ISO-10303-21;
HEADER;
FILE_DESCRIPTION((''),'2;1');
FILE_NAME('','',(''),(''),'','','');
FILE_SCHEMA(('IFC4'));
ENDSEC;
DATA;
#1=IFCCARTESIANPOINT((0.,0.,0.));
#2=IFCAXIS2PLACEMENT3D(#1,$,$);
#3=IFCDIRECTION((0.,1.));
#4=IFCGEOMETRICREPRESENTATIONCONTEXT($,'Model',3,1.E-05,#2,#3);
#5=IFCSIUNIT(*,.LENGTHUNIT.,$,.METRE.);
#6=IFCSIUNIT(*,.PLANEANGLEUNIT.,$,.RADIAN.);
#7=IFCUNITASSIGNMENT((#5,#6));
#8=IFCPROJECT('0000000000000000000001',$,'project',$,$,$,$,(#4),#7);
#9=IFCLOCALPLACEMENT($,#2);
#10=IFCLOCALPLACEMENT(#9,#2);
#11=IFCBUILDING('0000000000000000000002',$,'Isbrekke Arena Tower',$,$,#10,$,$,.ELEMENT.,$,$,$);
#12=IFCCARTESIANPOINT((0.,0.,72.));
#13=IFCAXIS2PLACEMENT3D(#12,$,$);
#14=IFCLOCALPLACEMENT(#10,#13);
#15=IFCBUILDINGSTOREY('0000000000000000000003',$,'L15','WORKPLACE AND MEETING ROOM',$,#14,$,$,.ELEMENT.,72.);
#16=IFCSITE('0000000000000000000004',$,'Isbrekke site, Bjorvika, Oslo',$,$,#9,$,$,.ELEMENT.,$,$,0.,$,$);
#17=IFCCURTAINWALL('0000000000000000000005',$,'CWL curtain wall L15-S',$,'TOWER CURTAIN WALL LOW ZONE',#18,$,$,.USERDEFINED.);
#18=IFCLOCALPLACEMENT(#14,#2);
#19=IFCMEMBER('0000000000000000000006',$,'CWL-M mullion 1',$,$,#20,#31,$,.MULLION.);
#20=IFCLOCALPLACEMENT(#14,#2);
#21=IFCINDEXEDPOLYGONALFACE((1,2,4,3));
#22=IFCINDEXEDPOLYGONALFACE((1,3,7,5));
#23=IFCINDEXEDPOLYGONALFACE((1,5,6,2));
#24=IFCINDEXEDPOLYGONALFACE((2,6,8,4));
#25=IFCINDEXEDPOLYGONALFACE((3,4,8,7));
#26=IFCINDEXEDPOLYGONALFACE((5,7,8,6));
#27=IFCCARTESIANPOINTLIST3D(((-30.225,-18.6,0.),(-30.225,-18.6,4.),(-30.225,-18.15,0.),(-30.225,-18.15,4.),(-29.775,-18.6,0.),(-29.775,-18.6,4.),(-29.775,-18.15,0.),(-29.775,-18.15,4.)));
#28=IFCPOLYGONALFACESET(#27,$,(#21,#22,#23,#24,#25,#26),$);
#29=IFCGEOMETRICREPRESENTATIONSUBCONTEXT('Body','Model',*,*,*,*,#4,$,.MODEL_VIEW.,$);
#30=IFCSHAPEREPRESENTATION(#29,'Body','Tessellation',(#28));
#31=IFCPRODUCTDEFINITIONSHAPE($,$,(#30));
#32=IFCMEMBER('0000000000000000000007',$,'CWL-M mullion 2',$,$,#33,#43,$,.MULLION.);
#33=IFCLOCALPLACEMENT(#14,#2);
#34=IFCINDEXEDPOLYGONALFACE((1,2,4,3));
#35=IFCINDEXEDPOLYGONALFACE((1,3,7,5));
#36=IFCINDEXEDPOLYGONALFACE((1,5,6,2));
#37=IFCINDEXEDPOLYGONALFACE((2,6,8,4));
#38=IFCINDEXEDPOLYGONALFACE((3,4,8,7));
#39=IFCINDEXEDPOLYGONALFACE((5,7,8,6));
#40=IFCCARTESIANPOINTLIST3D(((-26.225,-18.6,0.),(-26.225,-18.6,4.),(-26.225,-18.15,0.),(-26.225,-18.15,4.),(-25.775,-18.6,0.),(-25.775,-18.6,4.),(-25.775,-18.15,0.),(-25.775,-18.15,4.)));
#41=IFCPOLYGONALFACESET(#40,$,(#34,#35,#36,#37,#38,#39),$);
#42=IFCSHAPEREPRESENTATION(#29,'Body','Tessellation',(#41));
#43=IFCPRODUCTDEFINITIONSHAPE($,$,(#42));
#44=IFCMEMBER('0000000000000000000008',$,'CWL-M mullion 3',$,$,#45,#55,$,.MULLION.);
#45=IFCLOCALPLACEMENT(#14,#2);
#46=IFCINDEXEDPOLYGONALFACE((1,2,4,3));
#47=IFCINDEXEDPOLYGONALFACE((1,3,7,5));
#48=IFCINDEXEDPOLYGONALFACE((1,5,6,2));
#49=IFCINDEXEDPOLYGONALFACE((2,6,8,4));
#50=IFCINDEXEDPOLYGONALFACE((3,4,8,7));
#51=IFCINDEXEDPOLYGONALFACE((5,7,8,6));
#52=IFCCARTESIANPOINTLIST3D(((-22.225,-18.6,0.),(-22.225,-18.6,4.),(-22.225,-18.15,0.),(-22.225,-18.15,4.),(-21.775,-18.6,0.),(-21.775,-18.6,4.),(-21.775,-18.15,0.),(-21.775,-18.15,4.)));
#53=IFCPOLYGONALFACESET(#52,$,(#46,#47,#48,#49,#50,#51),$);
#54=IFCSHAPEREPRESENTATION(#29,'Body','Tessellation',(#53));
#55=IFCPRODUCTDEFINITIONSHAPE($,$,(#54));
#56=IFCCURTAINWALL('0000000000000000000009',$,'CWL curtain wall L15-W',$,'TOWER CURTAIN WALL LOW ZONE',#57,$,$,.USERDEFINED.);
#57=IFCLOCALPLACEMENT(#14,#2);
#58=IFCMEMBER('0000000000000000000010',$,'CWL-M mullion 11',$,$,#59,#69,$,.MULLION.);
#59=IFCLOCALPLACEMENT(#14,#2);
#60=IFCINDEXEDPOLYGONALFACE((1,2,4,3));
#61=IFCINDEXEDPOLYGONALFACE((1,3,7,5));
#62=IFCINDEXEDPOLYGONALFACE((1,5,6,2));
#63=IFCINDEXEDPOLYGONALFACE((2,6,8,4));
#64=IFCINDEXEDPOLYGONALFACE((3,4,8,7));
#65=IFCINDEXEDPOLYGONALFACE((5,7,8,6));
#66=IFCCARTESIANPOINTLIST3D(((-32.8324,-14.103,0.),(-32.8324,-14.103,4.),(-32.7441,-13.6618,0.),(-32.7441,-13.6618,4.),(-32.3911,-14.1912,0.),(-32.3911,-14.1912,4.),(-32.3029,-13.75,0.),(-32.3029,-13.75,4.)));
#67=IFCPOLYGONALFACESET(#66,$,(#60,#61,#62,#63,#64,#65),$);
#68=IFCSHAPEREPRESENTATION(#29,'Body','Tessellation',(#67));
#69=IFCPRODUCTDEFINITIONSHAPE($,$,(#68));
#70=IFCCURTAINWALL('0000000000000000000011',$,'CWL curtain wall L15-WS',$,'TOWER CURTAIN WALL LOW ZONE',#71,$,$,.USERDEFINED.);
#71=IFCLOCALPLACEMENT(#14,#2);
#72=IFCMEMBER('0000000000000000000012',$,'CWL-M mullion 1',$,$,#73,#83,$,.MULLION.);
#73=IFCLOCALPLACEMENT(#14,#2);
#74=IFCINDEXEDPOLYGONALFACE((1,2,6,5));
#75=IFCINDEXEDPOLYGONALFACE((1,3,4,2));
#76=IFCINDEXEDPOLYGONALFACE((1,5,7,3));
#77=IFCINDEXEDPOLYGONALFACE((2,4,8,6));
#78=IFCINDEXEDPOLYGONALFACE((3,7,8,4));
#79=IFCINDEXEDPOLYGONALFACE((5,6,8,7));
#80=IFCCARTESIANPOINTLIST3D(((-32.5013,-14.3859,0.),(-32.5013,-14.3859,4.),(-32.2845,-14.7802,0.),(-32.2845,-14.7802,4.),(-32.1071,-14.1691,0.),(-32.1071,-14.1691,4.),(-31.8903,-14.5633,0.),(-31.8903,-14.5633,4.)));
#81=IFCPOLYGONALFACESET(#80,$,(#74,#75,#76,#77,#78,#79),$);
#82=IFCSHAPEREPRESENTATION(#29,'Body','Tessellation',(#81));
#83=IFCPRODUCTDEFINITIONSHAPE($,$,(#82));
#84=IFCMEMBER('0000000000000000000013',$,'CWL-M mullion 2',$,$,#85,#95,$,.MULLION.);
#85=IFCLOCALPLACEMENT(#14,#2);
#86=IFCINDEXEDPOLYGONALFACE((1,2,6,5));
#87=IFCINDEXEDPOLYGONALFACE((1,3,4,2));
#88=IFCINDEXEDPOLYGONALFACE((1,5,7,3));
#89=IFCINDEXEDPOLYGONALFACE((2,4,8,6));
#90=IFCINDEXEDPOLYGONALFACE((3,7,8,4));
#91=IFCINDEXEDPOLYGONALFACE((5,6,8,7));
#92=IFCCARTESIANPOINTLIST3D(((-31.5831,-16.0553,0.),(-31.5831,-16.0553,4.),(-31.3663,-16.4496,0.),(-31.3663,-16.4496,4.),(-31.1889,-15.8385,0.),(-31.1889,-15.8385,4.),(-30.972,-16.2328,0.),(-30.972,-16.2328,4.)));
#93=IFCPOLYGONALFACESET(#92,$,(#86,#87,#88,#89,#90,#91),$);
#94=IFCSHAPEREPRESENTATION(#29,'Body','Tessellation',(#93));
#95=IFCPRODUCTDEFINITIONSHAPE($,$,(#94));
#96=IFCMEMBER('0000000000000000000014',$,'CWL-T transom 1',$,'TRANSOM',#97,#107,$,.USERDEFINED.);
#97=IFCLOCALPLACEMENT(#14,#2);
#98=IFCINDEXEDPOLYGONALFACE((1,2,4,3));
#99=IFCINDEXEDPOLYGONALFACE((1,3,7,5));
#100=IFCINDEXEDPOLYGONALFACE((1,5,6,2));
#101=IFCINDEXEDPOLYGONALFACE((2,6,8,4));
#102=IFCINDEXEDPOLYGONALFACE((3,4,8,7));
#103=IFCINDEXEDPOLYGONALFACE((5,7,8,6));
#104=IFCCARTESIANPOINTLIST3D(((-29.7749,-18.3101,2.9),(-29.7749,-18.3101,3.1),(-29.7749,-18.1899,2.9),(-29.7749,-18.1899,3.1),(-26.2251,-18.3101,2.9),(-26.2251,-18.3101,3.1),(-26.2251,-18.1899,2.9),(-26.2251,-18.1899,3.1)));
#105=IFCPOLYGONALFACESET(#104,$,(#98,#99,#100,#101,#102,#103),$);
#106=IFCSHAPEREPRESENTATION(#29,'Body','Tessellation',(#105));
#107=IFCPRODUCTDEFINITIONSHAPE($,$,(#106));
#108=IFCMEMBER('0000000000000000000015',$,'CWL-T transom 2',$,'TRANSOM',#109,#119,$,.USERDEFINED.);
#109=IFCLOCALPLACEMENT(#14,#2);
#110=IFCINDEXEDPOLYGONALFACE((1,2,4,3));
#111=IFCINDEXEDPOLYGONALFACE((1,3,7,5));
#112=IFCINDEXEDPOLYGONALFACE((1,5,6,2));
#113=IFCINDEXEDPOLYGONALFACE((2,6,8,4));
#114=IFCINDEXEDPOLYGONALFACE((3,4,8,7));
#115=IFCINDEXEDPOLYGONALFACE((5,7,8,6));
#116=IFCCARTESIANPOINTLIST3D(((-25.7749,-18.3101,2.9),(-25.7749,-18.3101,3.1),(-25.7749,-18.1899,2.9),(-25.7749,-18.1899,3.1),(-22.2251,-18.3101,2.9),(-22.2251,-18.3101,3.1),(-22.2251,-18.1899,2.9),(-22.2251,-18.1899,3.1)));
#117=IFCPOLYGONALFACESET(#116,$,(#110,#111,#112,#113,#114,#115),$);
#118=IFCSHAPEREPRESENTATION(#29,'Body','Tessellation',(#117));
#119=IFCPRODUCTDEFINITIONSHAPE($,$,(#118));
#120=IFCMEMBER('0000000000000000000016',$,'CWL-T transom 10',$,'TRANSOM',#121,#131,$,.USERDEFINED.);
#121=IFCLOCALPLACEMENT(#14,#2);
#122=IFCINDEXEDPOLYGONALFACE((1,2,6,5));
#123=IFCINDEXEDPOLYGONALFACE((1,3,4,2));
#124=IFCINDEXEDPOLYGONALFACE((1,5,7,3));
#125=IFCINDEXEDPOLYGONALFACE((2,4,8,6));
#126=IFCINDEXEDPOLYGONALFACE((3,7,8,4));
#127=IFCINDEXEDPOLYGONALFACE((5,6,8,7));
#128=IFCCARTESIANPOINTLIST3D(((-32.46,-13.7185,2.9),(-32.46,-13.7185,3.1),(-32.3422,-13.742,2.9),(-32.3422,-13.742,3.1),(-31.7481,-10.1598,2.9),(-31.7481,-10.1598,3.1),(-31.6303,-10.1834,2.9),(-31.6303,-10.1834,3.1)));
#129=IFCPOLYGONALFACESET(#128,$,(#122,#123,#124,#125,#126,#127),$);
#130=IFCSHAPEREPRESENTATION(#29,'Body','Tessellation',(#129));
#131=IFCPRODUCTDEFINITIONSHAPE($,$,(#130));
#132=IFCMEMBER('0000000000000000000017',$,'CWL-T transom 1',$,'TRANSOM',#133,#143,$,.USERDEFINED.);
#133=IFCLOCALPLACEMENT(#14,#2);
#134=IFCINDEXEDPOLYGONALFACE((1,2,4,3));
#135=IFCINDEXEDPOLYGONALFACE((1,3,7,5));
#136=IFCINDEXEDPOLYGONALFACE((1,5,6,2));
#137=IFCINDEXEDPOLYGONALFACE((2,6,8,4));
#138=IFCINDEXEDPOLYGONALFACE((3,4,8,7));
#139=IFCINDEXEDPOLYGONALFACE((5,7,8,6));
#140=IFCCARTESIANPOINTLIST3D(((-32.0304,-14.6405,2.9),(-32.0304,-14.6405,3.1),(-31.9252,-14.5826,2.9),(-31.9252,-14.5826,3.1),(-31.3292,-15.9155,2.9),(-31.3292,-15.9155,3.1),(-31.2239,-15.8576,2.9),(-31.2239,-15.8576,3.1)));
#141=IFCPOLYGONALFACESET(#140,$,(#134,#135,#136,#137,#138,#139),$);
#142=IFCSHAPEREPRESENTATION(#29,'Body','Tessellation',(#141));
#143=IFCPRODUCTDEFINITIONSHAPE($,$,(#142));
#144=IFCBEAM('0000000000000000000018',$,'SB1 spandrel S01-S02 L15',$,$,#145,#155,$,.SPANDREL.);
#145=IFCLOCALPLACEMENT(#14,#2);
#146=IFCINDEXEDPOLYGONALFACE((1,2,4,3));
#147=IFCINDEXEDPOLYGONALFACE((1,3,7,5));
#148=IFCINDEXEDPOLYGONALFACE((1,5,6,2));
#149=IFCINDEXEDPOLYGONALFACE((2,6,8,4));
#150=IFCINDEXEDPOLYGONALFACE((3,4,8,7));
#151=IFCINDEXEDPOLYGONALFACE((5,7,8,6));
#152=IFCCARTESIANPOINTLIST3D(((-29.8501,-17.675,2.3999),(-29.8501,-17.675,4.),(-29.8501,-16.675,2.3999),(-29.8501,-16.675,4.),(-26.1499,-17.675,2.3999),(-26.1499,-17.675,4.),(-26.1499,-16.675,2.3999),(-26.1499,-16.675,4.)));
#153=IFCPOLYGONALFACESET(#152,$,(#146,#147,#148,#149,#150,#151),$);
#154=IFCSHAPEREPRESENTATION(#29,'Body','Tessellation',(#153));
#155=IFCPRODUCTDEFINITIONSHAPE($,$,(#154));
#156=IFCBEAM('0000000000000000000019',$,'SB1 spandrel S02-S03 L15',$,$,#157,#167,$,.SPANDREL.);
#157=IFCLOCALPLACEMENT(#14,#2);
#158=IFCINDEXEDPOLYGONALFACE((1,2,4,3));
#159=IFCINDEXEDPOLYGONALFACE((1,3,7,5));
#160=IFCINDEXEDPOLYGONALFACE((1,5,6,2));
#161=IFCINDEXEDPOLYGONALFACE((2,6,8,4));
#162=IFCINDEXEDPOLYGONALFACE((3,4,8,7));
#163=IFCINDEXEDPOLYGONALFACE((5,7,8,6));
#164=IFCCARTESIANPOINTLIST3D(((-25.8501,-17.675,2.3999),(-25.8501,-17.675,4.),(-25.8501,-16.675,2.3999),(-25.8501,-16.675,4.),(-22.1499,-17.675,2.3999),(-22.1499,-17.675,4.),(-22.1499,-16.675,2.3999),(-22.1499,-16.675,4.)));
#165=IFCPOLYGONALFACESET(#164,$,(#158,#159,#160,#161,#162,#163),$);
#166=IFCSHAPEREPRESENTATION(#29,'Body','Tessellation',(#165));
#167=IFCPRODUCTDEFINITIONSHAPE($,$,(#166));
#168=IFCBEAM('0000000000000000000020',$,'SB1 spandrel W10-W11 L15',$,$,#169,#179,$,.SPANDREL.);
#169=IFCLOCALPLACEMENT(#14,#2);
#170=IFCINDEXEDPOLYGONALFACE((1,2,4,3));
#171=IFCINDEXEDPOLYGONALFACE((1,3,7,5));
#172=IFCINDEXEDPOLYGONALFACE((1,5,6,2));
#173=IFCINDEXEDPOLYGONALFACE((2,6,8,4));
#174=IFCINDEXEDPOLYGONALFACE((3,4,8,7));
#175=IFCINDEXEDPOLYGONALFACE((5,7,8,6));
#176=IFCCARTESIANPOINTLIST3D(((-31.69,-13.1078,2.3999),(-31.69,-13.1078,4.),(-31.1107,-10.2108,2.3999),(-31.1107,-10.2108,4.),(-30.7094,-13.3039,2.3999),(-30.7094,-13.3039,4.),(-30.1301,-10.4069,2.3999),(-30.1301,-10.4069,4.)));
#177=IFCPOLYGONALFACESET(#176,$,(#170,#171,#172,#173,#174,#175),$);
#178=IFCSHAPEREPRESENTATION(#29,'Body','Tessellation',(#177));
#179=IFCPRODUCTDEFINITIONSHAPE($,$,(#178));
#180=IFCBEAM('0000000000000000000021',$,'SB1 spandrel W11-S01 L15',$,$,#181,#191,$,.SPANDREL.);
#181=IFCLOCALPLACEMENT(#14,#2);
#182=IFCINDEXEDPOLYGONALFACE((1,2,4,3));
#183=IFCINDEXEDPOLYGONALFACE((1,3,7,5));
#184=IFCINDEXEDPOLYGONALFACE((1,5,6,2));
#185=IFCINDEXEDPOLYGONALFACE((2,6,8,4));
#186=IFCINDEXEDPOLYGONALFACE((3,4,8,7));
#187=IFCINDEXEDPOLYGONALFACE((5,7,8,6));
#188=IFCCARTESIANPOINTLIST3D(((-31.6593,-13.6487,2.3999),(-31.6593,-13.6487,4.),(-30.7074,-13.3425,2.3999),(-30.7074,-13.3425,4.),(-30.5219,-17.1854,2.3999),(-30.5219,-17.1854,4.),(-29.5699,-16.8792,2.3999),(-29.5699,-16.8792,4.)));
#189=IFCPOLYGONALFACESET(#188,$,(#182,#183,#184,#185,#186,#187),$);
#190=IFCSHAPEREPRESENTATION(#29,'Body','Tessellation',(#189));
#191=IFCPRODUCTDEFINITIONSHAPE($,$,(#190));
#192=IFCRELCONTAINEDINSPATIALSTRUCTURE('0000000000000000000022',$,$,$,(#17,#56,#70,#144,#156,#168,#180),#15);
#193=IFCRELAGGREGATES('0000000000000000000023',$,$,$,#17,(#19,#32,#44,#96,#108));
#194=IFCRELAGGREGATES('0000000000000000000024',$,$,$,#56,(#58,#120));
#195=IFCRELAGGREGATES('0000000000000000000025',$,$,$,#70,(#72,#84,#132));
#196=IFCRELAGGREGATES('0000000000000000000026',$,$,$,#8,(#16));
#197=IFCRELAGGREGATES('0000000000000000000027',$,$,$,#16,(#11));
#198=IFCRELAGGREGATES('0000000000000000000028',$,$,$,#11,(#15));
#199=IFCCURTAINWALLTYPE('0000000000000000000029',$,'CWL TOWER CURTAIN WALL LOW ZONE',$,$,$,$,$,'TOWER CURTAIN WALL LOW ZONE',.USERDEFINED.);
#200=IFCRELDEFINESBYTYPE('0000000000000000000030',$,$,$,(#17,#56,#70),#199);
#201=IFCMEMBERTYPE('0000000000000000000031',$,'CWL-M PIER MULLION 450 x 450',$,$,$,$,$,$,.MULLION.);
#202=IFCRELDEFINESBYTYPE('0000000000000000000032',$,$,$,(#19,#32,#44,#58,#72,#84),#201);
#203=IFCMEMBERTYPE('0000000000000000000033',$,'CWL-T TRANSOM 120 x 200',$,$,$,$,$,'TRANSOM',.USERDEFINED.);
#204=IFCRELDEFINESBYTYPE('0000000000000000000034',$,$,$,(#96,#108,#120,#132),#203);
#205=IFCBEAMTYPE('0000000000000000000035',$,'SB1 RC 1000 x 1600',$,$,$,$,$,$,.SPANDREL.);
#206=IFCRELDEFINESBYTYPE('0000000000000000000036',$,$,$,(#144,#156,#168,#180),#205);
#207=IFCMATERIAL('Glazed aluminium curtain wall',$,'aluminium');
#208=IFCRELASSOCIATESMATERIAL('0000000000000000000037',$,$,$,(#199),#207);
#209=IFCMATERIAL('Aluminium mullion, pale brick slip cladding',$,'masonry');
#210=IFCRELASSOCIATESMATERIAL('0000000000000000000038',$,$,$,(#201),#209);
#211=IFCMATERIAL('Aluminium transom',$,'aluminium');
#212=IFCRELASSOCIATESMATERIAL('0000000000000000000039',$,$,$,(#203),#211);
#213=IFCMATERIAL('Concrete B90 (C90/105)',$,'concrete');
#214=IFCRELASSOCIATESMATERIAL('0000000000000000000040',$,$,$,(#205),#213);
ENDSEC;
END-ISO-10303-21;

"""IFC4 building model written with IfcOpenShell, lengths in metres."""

from ifc_helpers import new_model, si_unit, direction, frame, origin, origin_2d, place, context, subcontext, project, spatial, rectangle, extrude, material, material_profile, profile_set, type_object, element, aggregate, save


model = new_model("IFC4")

# Units and contexts
model_context = context("Model", 3, precision=1e-05, world=origin(), true_north=direction((0.0, 1.0)))
body_context = subcontext(model_context, "Body", "Model", "MODEL_VIEW")
ifc_project = project(units=[si_unit("LENGTHUNIT", "METRE"), si_unit("PLANEANGLEUNIT", "RADIAN")], contexts=[model_context])

# Site, building, storey
site_placement = place(None, origin())
site = spatial("IfcSite", under=ifc_project, at=site_placement, Name="Isbrekke site, Bjorvika, Oslo", CompositionType="ELEMENT", RefElevation=0.0)
building_placement = place(site_placement, origin())
building = spatial("IfcBuilding", under=site, at=building_placement, Name="Isbrekke Arena Tower", CompositionType="ELEMENT")
storey_placement = place(building_placement, frame((0.0, 0.0, 72.0)))
storey = spatial("IfcBuildingStorey", under=building, at=storey_placement, Name="L15", Description="WORKPLACE AND MEETING ROOM", CompositionType="ELEMENT", Elevation=72.0)

# Curtain wall, members
ifc_material_1 = material(Name="Glazed aluminium curtain wall", Category="aluminium")
curtain_wall_type = type_object("IfcCurtainWallType", Name="CWL TOWER CURTAIN WALL LOW ZONE", ElementType="TOWER CURTAIN WALL LOW ZONE", PredefinedType="USERDEFINED", material=ifc_material_1)
curtain_wall_1_placement = place(storey_placement, origin())
curtain_wall_1 = element("IfcCurtainWall", 1, at=curtain_wall_1_placement, inside=storey, type_object=curtain_wall_type, Name="CWL curtain wall L15-S", ObjectType="TOWER CURTAIN WALL LOW ZONE", PredefinedType="USERDEFINED")
ifc_material_2 = material(Name="Aluminium mullion, pale brick slip cladding", Category="masonry")
ifc_material_profile_1 = material_profile(ifc_material_2, rectangle(XDim=0.45, YDim=0.45, at=origin_2d()), Name="PIER 450X450")
ifc_profile_set_1 = profile_set([ifc_material_profile_1], Name="Aluminium mullion, pale brick slip cladding")
member_type_1 = type_object("IfcMemberType", Name="CWL-M PIER MULLION 450 x 450", PredefinedType="MULLION", material=ifc_profile_set_1)
member_1_placement = place(storey_placement, frame((-30.0, -18.375, 0.0), z_axis=(0.0, 0.0, 1.0), x_axis=(1.0, 0.0, 0.0)))
member_1 = element("IfcMember", 2, at=member_1_placement, type_object=member_type_1, Name="CWL-M mullion 1", PredefinedType="MULLION", context=body_context, shape_type="SweptSolid", body=[
    extrude(rectangle(XDim=0.45, YDim=0.45, at=origin_2d()), origin(), (0.0, 0.0, 1.0), 4.0),
])
member_2_placement = place(storey_placement, frame((-26.0, -18.375, 0.0), z_axis=(0.0, 0.0, 1.0), x_axis=(1.0, 0.0, 0.0)))
member_2 = element("IfcMember", 3, at=member_2_placement, type_object=member_type_1, Name="CWL-M mullion 2", PredefinedType="MULLION", context=body_context, shape_type="SweptSolid", body=[
    extrude(rectangle(XDim=0.45, YDim=0.45, at=origin_2d()), origin(), (0.0, 0.0, 1.0), 4.0),
])
member_3_placement = place(storey_placement, frame((-22.0, -18.375, 0.0), z_axis=(0.0, 0.0, 1.0), x_axis=(1.0, 0.0, 0.0)))
member_3 = element("IfcMember", 4, at=member_3_placement, type_object=member_type_1, Name="CWL-M mullion 3", PredefinedType="MULLION", context=body_context, shape_type="SweptSolid", body=[
    extrude(rectangle(XDim=0.45, YDim=0.45, at=origin_2d()), origin(), (0.0, 0.0, 1.0), 4.0),
])

# Curtain wall, member
curtain_wall_2_placement = place(storey_placement, origin())
curtain_wall_2 = element("IfcCurtainWall", 5, at=curtain_wall_2_placement, inside=storey, type_object=curtain_wall_type, Name="CWL curtain wall L15-W", ObjectType="TOWER CURTAIN WALL LOW ZONE", PredefinedType="USERDEFINED")
member_4_placement = place(storey_placement, frame((-32.5676, -13.9265, 0.0), z_axis=(0.0, 0.0, 1.0), x_axis=(-0.196116, -0.980581, 0.0)))
member_4 = element("IfcMember", 6, at=member_4_placement, type_object=member_type_1, Name="CWL-M mullion 11", PredefinedType="MULLION", context=body_context, shape_type="SweptSolid", body=[
    extrude(rectangle(XDim=0.45, YDim=0.45, at=origin_2d()), origin(), (0.0, 0.0, 1.0), 4.0),
])

# Curtain wall, members
curtain_wall_3_placement = place(storey_placement, origin())
curtain_wall_3 = element("IfcCurtainWall", 7, at=curtain_wall_3_placement, inside=storey, type_object=curtain_wall_type, Name="CWL curtain wall L15-WS", ObjectType="TOWER CURTAIN WALL LOW ZONE", PredefinedType="USERDEFINED")
member_5_placement = place(storey_placement, frame((-32.1958, -14.4746, 0.0), z_axis=(0.0, 0.0, 1.0), x_axis=(0.481919, -0.876216, 0.0)))
member_5 = element("IfcMember", 8, at=member_5_placement, type_object=member_type_1, Name="CWL-M mullion 1", PredefinedType="MULLION", context=body_context, shape_type="SweptSolid", body=[
    extrude(rectangle(XDim=0.45, YDim=0.45, at=origin_2d()), origin(), (0.0, 0.0, 1.0), 4.0),
])
member_6_placement = place(storey_placement, frame((-31.2776, -16.144, 0.0), z_axis=(0.0, 0.0, 1.0), x_axis=(0.481919, -0.876216, 0.0)))
member_6 = element("IfcMember", 9, at=member_6_placement, type_object=member_type_1, Name="CWL-M mullion 2", PredefinedType="MULLION", context=body_context, shape_type="SweptSolid", body=[
    extrude(rectangle(XDim=0.45, YDim=0.45, at=origin_2d()), origin(), (0.0, 0.0, 1.0), 4.0),
])

# Members
ifc_material_3 = material(Name="Aluminium transom", Category="aluminium")
ifc_material_profile_2 = material_profile(ifc_material_3, rectangle(XDim=0.1201, YDim=0.2, at=origin_2d()), Name="TRANSOM 120X200")
ifc_profile_set_2 = profile_set([ifc_material_profile_2], Name="Aluminium transom")
member_type_2 = type_object("IfcMemberType", Name="CWL-T TRANSOM 120 x 200", ElementType="TRANSOM", PredefinedType="USERDEFINED", material=ifc_profile_set_2)
member_7_placement = place(storey_placement, frame((-29.7749, -18.25, 3.0), z_axis=(1.0, 0.0, 0.0), x_axis=(0.0, 1.0, 0.0)))
member_7 = element("IfcMember", 10, at=member_7_placement, type_object=member_type_2, Name="CWL-T transom 1", ObjectType="TRANSOM", PredefinedType="USERDEFINED", context=body_context, shape_type="SweptSolid", body=[
    extrude(rectangle(XDim=0.1201, YDim=0.2, at=origin_2d()), origin(), (0.0, 0.0, 1.0), 3.5498),
])
member_8_placement = place(storey_placement, frame((-25.7749, -18.25, 3.0), z_axis=(1.0, 0.0, 0.0), x_axis=(0.0, 1.0, 0.0)))
member_8 = element("IfcMember", 11, at=member_8_placement, type_object=member_type_2, Name="CWL-T transom 2", ObjectType="TRANSOM", PredefinedType="USERDEFINED", context=body_context, shape_type="SweptSolid", body=[
    extrude(rectangle(XDim=0.1201, YDim=0.2, at=origin_2d()), origin(), (0.0, 0.0, 1.0), 3.5498),
])
member_9_placement = place(storey_placement, frame((-31.6892, -10.1716, 3.0), z_axis=(-0.196168, -0.98057, 0.0), x_axis=(0.98057, -0.196168, 0.0)))
member_9 = element("IfcMember", 12, at=member_9_placement, type_object=member_type_2, Name="CWL-T transom 10", ObjectType="TRANSOM", PredefinedType="USERDEFINED", context=body_context, shape_type="SweptSolid", body=[
    extrude(rectangle(XDim=0.1201, YDim=0.2, at=origin_2d()), origin(), (0.0, 0.0, 1.0), 3.6292),
])
member_10_placement = place(storey_placement, frame((-31.9778, -14.6116, 3.0), z_axis=(0.481906, -0.876223, 0.0), x_axis=(0.876223, 0.481906, 0.0)))
member_10 = element("IfcMember", 13, at=member_10_placement, type_object=member_type_2, Name="CWL-T transom 1", ObjectType="TRANSOM", PredefinedType="USERDEFINED", context=body_context, shape_type="SweptSolid", body=[
    extrude(rectangle(XDim=0.1201, YDim=0.2, at=origin_2d()), origin(), (0.0, 0.0, 1.0), 1.4551),
])

# Beams
ifc_material_4 = material(Name="Concrete B90 (C90/105)", Category="concrete")
ifc_material_profile_3 = material_profile(ifc_material_4, rectangle(XDim=1.0, YDim=1.6001, at=origin_2d()), Name="RC 1000x1600")
ifc_profile_set_3 = profile_set([ifc_material_profile_3], Name="Concrete B90 (C90/105)")
beam_type_1 = type_object("IfcBeamType", Name="SB1 RC 1000 x 1600", PredefinedType="SPANDREL", material=ifc_profile_set_3)
for number, where, z_axis, x_axis, name in (
    (14, (-29.8501, -17.175, 3.2), (1.0, 0.0, 0.0), (0.0, 1.0, 0.0), "SB1 spandrel S01-S02 L15"),
    (15, (-25.8501, -17.175, 3.2), (1.0, 0.0, 0.0), (0.0, 1.0, 0.0), "SB1 spandrel S02-S03 L15"),
):
    element("IfcBeam", number, at=place(storey_placement, frame(where, z_axis=z_axis, x_axis=x_axis)), inside=storey, type_object=beam_type_1, Name=name, PredefinedType="SPANDREL", context=body_context, shape_type="SweptSolid", body=[
        extrude(rectangle(XDim=1.0, YDim=1.6001, at=origin_2d()), origin(), (0.0, 0.0, 1.0), 3.7002),
    ])
beam_1_placement = place(storey_placement, frame((-30.6204, -10.3088, 3.2), z_axis=(-0.1961, -0.980584, 0.0), x_axis=(0.980584, -0.1961, 0.0)))
element("IfcBeam", 16, at=beam_1_placement, inside=storey, type_object=beam_type_1, Name="SB1 spandrel W10-W11 L15", PredefinedType="SPANDREL", context=body_context, shape_type="SweptSolid", body=[
    extrude(rectangle(XDim=1.0, YDim=1.6001, at=origin_2d()), origin(), (0.0, 0.0, 1.0), 2.9543),
])
beam_2_placement = place(storey_placement, frame((-31.1833, -13.4956, 3.2), z_axis=(0.306175, -0.951975, 0.0), x_axis=(0.951975, 0.306175, 0.0)))
element("IfcBeam", 17, at=beam_2_placement, inside=storey, type_object=beam_type_1, Name="SB1 spandrel W11-S01 L15", PredefinedType="SPANDREL", context=body_context, shape_type="SweptSolid", body=[
    extrude(rectangle(XDim=1.0, YDim=1.6001, at=origin_2d()), origin(), (0.0, 0.0, 1.0), 3.7151),
])

aggregate(curtain_wall_1, [member_1, member_2, member_3, member_7, member_8])
aggregate(curtain_wall_2, [member_4, member_9])
aggregate(curtain_wall_3, [member_5, member_6, member_10])

save(model, "model.ifc")
